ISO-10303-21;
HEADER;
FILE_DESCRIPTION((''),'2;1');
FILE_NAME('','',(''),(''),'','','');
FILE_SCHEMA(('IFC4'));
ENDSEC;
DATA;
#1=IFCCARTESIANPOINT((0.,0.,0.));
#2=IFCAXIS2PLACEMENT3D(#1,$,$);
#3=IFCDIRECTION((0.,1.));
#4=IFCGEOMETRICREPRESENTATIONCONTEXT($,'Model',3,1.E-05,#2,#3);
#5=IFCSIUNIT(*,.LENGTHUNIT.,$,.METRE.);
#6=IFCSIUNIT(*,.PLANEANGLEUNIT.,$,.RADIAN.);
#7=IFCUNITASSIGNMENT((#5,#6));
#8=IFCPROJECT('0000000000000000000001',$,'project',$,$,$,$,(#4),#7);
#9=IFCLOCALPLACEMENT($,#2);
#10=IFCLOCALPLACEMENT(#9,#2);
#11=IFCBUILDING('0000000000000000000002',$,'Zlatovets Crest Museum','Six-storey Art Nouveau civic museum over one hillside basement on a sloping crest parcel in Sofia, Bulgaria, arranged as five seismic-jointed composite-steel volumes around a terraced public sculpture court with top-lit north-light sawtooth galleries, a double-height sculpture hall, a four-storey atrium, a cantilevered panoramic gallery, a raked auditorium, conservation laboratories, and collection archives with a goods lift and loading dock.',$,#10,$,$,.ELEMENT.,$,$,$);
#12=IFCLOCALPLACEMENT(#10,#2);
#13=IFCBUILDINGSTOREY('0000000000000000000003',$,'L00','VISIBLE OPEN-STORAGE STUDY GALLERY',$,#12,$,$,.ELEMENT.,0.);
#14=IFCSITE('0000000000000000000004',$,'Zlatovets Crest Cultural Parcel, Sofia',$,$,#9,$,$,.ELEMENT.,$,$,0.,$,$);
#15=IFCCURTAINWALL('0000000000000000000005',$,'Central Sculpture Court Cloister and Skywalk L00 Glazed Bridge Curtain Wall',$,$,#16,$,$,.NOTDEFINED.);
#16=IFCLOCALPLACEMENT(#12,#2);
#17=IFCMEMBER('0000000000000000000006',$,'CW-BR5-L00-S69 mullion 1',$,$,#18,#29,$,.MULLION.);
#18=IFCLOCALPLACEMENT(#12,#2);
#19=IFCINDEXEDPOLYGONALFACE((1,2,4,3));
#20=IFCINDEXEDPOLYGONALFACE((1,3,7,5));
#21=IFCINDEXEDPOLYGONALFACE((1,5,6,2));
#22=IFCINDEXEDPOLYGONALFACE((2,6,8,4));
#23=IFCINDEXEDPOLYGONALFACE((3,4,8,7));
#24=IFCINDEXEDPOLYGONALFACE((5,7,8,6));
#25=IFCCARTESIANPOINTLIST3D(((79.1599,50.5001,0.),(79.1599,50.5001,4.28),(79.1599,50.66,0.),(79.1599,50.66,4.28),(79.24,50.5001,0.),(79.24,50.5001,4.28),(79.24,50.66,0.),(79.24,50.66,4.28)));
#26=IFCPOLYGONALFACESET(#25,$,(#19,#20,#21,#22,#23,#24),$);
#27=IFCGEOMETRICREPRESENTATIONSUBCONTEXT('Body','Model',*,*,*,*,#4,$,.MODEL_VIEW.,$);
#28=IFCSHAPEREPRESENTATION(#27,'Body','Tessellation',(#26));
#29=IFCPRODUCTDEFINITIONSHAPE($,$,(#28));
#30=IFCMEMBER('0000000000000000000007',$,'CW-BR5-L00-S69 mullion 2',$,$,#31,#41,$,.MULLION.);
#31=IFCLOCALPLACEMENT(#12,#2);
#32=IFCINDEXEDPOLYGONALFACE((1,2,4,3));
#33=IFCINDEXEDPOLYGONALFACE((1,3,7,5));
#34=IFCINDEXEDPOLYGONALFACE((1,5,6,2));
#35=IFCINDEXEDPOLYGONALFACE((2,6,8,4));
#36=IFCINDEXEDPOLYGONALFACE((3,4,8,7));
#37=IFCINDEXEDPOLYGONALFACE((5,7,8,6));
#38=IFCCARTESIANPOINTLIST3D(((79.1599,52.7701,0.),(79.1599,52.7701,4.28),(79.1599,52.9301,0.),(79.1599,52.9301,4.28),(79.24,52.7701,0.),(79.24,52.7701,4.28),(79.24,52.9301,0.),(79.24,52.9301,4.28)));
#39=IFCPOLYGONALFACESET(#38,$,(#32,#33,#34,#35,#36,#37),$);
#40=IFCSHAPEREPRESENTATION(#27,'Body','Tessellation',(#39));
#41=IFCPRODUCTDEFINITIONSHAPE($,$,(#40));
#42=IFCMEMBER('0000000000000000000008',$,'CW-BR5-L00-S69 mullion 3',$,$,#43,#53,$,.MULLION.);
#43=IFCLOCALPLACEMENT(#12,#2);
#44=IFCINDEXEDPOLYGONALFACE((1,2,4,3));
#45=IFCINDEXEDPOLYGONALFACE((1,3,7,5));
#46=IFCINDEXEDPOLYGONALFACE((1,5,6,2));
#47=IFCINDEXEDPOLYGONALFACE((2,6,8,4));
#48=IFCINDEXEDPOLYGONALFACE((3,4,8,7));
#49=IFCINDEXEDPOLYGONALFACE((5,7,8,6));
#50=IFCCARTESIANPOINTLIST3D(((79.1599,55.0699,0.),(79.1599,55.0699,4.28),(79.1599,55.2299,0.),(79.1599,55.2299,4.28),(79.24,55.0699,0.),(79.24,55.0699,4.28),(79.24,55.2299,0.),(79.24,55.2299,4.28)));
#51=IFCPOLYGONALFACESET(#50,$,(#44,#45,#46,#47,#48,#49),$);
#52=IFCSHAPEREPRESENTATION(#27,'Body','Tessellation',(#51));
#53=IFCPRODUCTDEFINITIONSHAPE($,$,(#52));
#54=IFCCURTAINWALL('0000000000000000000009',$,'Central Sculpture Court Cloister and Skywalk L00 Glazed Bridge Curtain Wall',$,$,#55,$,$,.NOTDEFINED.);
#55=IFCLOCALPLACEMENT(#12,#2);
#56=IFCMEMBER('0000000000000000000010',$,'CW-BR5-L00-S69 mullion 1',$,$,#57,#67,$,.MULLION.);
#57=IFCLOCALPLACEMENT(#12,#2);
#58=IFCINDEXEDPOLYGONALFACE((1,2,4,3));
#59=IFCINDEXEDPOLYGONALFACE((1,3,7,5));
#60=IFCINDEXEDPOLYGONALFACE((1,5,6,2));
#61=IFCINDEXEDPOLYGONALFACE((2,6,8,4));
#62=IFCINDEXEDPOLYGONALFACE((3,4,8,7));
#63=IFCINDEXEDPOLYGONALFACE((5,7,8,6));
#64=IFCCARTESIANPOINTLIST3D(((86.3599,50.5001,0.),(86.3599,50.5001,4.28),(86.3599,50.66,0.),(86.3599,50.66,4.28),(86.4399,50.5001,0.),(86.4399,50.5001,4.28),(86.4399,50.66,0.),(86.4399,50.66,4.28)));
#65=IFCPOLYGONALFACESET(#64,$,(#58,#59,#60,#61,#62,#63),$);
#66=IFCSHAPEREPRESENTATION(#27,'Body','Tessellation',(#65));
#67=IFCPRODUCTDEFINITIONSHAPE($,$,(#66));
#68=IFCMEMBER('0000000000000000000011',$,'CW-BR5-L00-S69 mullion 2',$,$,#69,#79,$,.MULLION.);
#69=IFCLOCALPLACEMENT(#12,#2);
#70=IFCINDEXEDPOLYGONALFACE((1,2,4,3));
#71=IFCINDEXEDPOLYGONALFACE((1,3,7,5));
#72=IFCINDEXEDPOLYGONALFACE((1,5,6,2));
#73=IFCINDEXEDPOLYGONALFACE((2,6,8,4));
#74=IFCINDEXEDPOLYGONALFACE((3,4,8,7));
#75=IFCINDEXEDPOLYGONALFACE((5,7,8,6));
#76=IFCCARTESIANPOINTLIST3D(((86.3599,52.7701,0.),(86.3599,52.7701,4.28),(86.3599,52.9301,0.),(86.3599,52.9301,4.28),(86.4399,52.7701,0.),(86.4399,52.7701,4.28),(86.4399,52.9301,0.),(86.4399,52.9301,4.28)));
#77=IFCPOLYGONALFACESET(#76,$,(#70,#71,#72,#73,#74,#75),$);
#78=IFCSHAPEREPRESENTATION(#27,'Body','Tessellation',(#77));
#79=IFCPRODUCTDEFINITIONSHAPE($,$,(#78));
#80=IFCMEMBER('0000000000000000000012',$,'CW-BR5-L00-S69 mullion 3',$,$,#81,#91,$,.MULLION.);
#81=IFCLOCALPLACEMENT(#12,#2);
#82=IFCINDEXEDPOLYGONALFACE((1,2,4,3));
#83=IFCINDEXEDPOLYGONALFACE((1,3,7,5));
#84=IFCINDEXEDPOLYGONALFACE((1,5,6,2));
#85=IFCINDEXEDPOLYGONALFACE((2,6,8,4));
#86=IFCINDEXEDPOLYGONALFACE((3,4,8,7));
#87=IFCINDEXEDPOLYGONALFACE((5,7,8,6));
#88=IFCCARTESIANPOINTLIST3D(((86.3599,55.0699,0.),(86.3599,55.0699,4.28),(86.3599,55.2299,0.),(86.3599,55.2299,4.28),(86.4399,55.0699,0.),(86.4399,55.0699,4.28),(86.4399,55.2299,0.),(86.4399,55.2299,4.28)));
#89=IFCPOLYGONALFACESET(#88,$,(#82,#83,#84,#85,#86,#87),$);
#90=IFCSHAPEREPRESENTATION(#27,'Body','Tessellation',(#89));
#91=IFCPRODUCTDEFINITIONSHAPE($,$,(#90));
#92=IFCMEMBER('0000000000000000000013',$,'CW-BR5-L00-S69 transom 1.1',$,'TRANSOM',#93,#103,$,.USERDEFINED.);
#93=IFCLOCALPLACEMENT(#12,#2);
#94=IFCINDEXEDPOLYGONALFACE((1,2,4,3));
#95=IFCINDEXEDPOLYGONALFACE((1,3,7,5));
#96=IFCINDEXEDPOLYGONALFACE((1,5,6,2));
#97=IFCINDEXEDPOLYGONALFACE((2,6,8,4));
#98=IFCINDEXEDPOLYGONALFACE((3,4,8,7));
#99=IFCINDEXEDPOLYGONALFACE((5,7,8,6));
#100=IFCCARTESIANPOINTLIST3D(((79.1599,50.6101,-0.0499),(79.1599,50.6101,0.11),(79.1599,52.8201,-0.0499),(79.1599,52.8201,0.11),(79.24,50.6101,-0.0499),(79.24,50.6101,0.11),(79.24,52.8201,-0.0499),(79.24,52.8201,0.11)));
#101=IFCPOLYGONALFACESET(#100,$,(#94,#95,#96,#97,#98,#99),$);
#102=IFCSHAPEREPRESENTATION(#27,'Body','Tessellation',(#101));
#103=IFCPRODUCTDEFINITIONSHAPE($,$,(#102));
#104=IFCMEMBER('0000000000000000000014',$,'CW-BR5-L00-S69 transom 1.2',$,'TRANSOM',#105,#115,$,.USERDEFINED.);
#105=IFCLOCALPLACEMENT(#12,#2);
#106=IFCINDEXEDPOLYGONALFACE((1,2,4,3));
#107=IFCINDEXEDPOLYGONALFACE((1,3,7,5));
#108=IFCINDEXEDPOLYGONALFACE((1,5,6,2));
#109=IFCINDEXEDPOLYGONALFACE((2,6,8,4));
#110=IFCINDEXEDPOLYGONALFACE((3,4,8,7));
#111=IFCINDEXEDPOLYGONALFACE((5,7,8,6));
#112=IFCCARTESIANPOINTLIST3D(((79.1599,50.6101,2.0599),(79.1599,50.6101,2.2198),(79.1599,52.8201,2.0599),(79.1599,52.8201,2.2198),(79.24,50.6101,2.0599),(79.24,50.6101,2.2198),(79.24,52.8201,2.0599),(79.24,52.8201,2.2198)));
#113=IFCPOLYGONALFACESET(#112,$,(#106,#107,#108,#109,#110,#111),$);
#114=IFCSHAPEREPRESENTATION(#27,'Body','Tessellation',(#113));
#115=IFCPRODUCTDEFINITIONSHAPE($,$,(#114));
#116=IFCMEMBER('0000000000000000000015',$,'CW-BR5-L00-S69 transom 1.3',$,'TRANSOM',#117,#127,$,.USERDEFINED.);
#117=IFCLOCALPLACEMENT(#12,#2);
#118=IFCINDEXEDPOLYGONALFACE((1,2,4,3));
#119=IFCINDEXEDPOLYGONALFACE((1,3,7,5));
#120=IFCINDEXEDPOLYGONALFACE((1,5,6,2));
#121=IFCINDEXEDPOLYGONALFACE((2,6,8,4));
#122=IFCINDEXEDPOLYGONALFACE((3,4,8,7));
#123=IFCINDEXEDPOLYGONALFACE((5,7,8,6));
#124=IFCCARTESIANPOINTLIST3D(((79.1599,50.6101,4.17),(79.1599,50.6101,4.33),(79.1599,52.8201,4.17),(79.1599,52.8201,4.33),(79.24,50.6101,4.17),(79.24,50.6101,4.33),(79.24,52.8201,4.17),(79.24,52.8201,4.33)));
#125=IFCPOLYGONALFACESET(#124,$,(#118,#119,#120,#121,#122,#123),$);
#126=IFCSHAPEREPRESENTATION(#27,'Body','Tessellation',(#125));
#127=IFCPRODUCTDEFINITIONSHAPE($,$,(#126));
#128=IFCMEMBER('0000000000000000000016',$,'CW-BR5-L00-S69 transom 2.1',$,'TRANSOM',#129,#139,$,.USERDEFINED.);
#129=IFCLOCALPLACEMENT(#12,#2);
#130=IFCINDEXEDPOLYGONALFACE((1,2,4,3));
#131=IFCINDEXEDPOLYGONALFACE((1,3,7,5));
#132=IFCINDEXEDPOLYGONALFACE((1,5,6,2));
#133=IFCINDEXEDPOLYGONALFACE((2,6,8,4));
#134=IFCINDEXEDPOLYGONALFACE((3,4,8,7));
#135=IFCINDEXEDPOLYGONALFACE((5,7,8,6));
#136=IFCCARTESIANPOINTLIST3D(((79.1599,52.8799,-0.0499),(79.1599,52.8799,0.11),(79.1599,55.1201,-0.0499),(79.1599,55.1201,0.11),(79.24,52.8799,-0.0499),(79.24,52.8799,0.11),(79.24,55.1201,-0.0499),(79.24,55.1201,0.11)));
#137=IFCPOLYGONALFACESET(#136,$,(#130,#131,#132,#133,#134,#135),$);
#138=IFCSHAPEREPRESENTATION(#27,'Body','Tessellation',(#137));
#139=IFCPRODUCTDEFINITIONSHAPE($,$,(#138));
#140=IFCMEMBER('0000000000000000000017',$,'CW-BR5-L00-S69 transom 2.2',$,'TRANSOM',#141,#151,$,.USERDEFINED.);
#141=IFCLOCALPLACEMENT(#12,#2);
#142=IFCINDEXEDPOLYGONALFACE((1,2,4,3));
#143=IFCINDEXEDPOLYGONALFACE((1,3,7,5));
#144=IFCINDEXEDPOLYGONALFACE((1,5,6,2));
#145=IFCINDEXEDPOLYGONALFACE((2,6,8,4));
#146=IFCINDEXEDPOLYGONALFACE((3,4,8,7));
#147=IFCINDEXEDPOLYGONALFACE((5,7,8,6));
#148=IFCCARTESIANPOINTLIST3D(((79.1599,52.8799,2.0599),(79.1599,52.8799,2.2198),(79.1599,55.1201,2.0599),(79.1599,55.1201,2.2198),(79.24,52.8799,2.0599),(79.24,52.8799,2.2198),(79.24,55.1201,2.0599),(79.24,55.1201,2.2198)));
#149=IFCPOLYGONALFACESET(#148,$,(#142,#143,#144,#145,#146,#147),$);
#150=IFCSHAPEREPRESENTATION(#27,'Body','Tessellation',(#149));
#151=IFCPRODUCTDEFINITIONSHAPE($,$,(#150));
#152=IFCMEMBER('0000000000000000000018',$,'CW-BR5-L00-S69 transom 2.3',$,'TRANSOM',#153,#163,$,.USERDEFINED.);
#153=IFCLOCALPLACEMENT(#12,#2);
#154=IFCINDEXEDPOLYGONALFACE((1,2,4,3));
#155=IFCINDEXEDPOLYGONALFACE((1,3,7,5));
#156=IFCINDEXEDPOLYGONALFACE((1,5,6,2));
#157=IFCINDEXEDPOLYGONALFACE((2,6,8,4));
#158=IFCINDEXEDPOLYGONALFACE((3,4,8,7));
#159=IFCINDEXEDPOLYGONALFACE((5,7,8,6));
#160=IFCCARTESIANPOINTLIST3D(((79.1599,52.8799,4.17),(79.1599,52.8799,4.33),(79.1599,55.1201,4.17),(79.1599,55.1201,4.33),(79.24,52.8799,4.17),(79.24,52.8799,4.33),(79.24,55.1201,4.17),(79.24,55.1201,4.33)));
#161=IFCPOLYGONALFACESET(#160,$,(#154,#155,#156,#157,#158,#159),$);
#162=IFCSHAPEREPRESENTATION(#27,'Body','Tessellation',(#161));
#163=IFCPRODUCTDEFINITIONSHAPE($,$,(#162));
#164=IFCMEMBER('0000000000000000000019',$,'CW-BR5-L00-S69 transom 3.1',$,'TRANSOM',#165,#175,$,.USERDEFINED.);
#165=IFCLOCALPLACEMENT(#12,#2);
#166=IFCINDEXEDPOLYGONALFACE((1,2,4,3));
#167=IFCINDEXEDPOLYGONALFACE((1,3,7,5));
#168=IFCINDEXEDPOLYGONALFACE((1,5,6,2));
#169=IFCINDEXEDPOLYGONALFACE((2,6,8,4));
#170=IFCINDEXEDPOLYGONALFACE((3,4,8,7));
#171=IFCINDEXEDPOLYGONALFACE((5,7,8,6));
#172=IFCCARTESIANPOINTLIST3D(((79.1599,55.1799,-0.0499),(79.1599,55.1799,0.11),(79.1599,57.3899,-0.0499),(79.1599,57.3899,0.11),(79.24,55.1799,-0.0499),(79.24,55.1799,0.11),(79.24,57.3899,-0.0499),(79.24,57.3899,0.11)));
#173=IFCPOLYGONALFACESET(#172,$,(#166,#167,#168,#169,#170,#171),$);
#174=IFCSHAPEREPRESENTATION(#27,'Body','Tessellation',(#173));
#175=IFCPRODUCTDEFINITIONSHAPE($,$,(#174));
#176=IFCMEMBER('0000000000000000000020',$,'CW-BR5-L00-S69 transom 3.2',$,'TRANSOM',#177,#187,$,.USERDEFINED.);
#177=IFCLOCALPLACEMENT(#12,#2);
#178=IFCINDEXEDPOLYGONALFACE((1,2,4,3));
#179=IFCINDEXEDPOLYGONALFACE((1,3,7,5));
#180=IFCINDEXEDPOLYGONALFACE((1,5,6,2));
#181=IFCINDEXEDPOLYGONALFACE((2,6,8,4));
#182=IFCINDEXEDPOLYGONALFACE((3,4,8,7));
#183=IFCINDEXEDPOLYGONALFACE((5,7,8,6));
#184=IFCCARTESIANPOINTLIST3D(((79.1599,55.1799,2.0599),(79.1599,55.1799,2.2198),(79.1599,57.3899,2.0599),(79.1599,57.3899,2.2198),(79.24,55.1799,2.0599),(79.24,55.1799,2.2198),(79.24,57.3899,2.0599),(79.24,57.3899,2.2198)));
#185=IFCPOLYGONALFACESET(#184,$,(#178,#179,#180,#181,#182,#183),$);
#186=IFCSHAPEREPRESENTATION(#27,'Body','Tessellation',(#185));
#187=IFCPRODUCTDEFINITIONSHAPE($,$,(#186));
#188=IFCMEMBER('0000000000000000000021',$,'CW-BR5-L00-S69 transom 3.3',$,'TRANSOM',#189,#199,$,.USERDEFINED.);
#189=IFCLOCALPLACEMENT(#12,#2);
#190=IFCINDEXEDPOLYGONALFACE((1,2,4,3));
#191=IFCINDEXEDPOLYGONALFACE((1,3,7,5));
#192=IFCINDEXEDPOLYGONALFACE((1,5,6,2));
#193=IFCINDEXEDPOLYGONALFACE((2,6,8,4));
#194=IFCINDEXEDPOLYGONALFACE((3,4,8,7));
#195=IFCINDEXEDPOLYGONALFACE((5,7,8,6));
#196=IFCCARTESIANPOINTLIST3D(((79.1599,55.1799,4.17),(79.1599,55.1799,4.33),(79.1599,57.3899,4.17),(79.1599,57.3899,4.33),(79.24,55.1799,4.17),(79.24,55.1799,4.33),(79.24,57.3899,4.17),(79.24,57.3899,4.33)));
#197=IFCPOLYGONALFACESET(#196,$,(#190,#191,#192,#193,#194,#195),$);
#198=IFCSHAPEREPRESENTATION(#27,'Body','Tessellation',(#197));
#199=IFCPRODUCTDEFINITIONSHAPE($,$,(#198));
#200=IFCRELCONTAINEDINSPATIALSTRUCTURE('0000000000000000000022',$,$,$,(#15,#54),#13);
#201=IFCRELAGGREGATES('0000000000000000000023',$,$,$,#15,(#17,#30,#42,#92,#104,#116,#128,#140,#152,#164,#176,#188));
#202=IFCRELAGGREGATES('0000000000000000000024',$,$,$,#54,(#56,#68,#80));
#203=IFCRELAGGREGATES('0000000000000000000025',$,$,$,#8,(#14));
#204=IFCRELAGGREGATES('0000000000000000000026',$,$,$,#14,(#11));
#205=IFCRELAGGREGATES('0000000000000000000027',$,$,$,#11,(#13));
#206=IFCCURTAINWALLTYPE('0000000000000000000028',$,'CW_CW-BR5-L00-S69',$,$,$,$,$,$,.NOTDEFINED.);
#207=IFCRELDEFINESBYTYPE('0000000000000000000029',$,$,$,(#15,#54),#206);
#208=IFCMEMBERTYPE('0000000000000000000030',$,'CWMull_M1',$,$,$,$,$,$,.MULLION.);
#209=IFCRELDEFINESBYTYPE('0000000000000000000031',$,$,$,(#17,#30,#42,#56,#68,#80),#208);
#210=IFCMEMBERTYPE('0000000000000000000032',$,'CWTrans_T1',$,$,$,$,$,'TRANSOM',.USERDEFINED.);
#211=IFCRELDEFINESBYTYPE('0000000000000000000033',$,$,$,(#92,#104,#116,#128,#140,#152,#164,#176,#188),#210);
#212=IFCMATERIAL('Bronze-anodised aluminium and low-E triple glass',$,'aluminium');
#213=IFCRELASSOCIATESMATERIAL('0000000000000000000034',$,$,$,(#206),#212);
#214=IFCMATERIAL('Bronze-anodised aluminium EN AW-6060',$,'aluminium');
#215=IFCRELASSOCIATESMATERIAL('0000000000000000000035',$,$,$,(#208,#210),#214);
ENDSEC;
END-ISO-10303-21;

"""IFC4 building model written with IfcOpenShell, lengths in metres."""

from ifc_helpers import new_model, si_unit, direction, frame, origin, origin_2d, place, context, subcontext, project, spatial, rectangle, extrude, material, material_profile, profile_set, type_object, element, aggregate, save


model = new_model("IFC4")

# Units and contexts
model_context = context("Model", 3, precision=1e-05, world=origin(), true_north=direction((0.0, 1.0)))
body_context = subcontext(model_context, "Body", "Model", "MODEL_VIEW")
ifc_project = project(units=[si_unit("LENGTHUNIT", "METRE"), si_unit("PLANEANGLEUNIT", "RADIAN")], contexts=[model_context])

# Site, building, storey
site_placement = place(None, origin())
site = spatial("IfcSite", under=ifc_project, at=site_placement, Name="Zlatovets Crest Cultural Parcel, Sofia", CompositionType="ELEMENT", RefElevation=0.0)
building_placement = place(site_placement, origin())
building = spatial("IfcBuilding", under=site, at=building_placement, Name="Zlatovets Crest Museum", Description="Six-storey Art Nouveau civic museum over one hillside basement on a sloping crest parcel in Sofia, Bulgaria, arranged as five seismic-jointed composite-steel volumes around a terraced public sculpture court with top-lit north-light sawtooth galleries, a double-height sculpture hall, a four-storey atrium, a cantilevered panoramic gallery, a raked auditorium, conservation laboratories, and collection archives with a goods lift and loading dock.", CompositionType="ELEMENT")
storey_placement = place(building_placement, origin())
storey = spatial("IfcBuildingStorey", under=building, at=storey_placement, Name="L00", Description="VISIBLE OPEN-STORAGE STUDY GALLERY", CompositionType="ELEMENT", Elevation=0.0)

# Curtain walls, members
ifc_material_1 = material(Name="Bronze-anodised aluminium and low-E triple glass", Category="aluminium")
curtain_wall_type = type_object("IfcCurtainWallType", Name="CW_CW-BR5-L00-S69", PredefinedType="NOTDEFINED", material=ifc_material_1)
curtain_wall_1_placement = place(storey_placement, origin())
curtain_wall_1 = element("IfcCurtainWall", 1, at=curtain_wall_1_placement, inside=storey, type_object=curtain_wall_type, Name="Central Sculpture Court Cloister and Skywalk L00 Glazed Bridge Curtain Wall", PredefinedType="NOTDEFINED")
ifc_material_2 = material(Name="Bronze-anodised aluminium EN AW-6060", Category="aluminium")
ifc_material_profile_1 = material_profile(ifc_material_2, rectangle(XDim=0.0801, YDim=0.1599, at=origin_2d()), Name="ALU 80x160")
ifc_profile_set_1 = profile_set([ifc_material_profile_1], Name="Bronze-anodised aluminium EN AW-6060")
member_type_1 = type_object("IfcMemberType", Name="CWMull_M1", PredefinedType="MULLION", material=ifc_profile_set_1)
member_1_placement = place(storey_placement, frame((79.2, 50.5801, 0.0), z_axis=(0.0, 0.0, 1.0), x_axis=(-1.0, 0.0, 0.0)))
member_1 = element("IfcMember", 2, at=member_1_placement, type_object=member_type_1, Name="CW-BR5-L00-S69 mullion 1", PredefinedType="MULLION", context=body_context, shape_type="SweptSolid", body=[
    extrude(rectangle(XDim=0.0801, YDim=0.1599, at=origin_2d()), origin(), (0.0, 0.0, 1.0), 4.28),
])
member_2_placement = place(storey_placement, frame((79.2, 52.8501, 0.0), z_axis=(0.0, 0.0, 1.0), x_axis=(-1.0, 0.0, 0.0)))
member_2 = element("IfcMember", 3, at=member_2_placement, type_object=member_type_1, Name="CW-BR5-L00-S69 mullion 2", PredefinedType="MULLION", context=body_context, shape_type="SweptSolid", body=[
    extrude(rectangle(XDim=0.0801, YDim=0.1599, at=origin_2d()), origin(), (0.0, 0.0, 1.0), 4.28),
])
member_3_placement = place(storey_placement, frame((79.2, 55.1499, 0.0), z_axis=(0.0, 0.0, 1.0), x_axis=(-1.0, 0.0, 0.0)))
member_3 = element("IfcMember", 4, at=member_3_placement, type_object=member_type_1, Name="CW-BR5-L00-S69 mullion 3", PredefinedType="MULLION", context=body_context, shape_type="SweptSolid", body=[
    extrude(rectangle(XDim=0.0801, YDim=0.1599, at=origin_2d()), origin(), (0.0, 0.0, 1.0), 4.28),
])
curtain_wall_2_placement = place(storey_placement, origin())
curtain_wall_2 = element("IfcCurtainWall", 5, at=curtain_wall_2_placement, inside=storey, type_object=curtain_wall_type, Name="Central Sculpture Court Cloister and Skywalk L00 Glazed Bridge Curtain Wall", PredefinedType="NOTDEFINED")
member_4_placement = place(storey_placement, frame((86.3999, 50.5801, 0.0), z_axis=(0.0, 0.0, 1.0), x_axis=(-1.0, 0.0, 0.0)))
member_4 = element("IfcMember", 6, at=member_4_placement, type_object=member_type_1, Name="CW-BR5-L00-S69 mullion 1", PredefinedType="MULLION", context=body_context, shape_type="SweptSolid", body=[
    extrude(rectangle(XDim=0.0801, YDim=0.1599, at=origin_2d()), origin(), (0.0, 0.0, 1.0), 4.28),
])
member_5_placement = place(storey_placement, frame((86.3999, 52.8501, 0.0), z_axis=(0.0, 0.0, 1.0), x_axis=(-1.0, 0.0, 0.0)))
member_5 = element("IfcMember", 7, at=member_5_placement, type_object=member_type_1, Name="CW-BR5-L00-S69 mullion 2", PredefinedType="MULLION", context=body_context, shape_type="SweptSolid", body=[
    extrude(rectangle(XDim=0.0801, YDim=0.1599, at=origin_2d()), origin(), (0.0, 0.0, 1.0), 4.28),
])
member_6_placement = place(storey_placement, frame((86.3999, 55.1499, 0.0), z_axis=(0.0, 0.0, 1.0), x_axis=(-1.0, 0.0, 0.0)))
member_6 = element("IfcMember", 8, at=member_6_placement, type_object=member_type_1, Name="CW-BR5-L00-S69 mullion 3", PredefinedType="MULLION", context=body_context, shape_type="SweptSolid", body=[
    extrude(rectangle(XDim=0.0801, YDim=0.1599, at=origin_2d()), origin(), (0.0, 0.0, 1.0), 4.28),
])

# Members
ifc_material_profile_2 = material_profile(ifc_material_2, rectangle(XDim=0.0801, YDim=0.1599, at=origin_2d()), Name="ALU 80x160")
ifc_profile_set_2 = profile_set([ifc_material_profile_2], Name="Bronze-anodised aluminium EN AW-6060")
member_type_2 = type_object("IfcMemberType", Name="CWTrans_T1", ElementType="TRANSOM", PredefinedType="USERDEFINED", material=ifc_profile_set_2)
member_7_placement = place(storey_placement, frame((79.2, 50.6101, 0.03), z_axis=(0.0, 1.0, 0.0), x_axis=(-1.0, 0.0, 0.0)))
member_7 = element("IfcMember", 9, at=member_7_placement, type_object=member_type_2, Name="CW-BR5-L00-S69 transom 1.1", ObjectType="TRANSOM", PredefinedType="USERDEFINED", context=body_context, shape_type="SweptSolid", body=[
    extrude(rectangle(XDim=0.0801, YDim=0.1599, at=origin_2d()), origin(), (0.0, 0.0, 1.0), 2.21),
])
member_8_placement = place(storey_placement, frame((79.2, 50.6101, 2.1399), z_axis=(0.0, 1.0, 0.0), x_axis=(-1.0, 0.0, 0.0)))
member_8 = element("IfcMember", 10, at=member_8_placement, type_object=member_type_2, Name="CW-BR5-L00-S69 transom 1.2", ObjectType="TRANSOM", PredefinedType="USERDEFINED", context=body_context, shape_type="SweptSolid", body=[
    extrude(rectangle(XDim=0.0801, YDim=0.1599, at=origin_2d()), origin(), (0.0, 0.0, 1.0), 2.21),
])
member_9_placement = place(storey_placement, frame((79.2, 50.6101, 4.25), z_axis=(0.0, 1.0, 0.0), x_axis=(-1.0, 0.0, 0.0)))
member_9 = element("IfcMember", 11, at=member_9_placement, type_object=member_type_2, Name="CW-BR5-L00-S69 transom 1.3", ObjectType="TRANSOM", PredefinedType="USERDEFINED", context=body_context, shape_type="SweptSolid", body=[
    extrude(rectangle(XDim=0.0801, YDim=0.1599, at=origin_2d()), origin(), (0.0, 0.0, 1.0), 2.21),
])
member_10_placement = place(storey_placement, frame((79.2, 52.8799, 0.03), z_axis=(0.0, 1.0, 0.0), x_axis=(-1.0, 0.0, 0.0)))
member_10 = element("IfcMember", 12, at=member_10_placement, type_object=member_type_2, Name="CW-BR5-L00-S69 transom 2.1", ObjectType="TRANSOM", PredefinedType="USERDEFINED", context=body_context, shape_type="SweptSolid", body=[
    extrude(rectangle(XDim=0.0801, YDim=0.1599, at=origin_2d()), origin(), (0.0, 0.0, 1.0), 2.2402),
])
member_11_placement = place(storey_placement, frame((79.2, 52.8799, 2.1399), z_axis=(0.0, 1.0, 0.0), x_axis=(-1.0, 0.0, 0.0)))
member_11 = element("IfcMember", 13, at=member_11_placement, type_object=member_type_2, Name="CW-BR5-L00-S69 transom 2.2", ObjectType="TRANSOM", PredefinedType="USERDEFINED", context=body_context, shape_type="SweptSolid", body=[
    extrude(rectangle(XDim=0.0801, YDim=0.1599, at=origin_2d()), origin(), (0.0, 0.0, 1.0), 2.2402),
])
member_12_placement = place(storey_placement, frame((79.2, 52.8799, 4.25), z_axis=(0.0, 1.0, 0.0), x_axis=(-1.0, 0.0, 0.0)))
member_12 = element("IfcMember", 14, at=member_12_placement, type_object=member_type_2, Name="CW-BR5-L00-S69 transom 2.3", ObjectType="TRANSOM", PredefinedType="USERDEFINED", context=body_context, shape_type="SweptSolid", body=[
    extrude(rectangle(XDim=0.0801, YDim=0.1599, at=origin_2d()), origin(), (0.0, 0.0, 1.0), 2.2402),
])
member_13_placement = place(storey_placement, frame((79.2, 55.1799, 0.03), z_axis=(0.0, 1.0, 0.0), x_axis=(-1.0, 0.0, 0.0)))
member_13 = element("IfcMember", 15, at=member_13_placement, type_object=member_type_2, Name="CW-BR5-L00-S69 transom 3.1", ObjectType="TRANSOM", PredefinedType="USERDEFINED", context=body_context, shape_type="SweptSolid", body=[
    extrude(rectangle(XDim=0.0801, YDim=0.1599, at=origin_2d()), origin(), (0.0, 0.0, 1.0), 2.21),
])
member_14_placement = place(storey_placement, frame((79.2, 55.1799, 2.1399), z_axis=(0.0, 1.0, 0.0), x_axis=(-1.0, 0.0, 0.0)))
member_14 = element("IfcMember", 16, at=member_14_placement, type_object=member_type_2, Name="CW-BR5-L00-S69 transom 3.2", ObjectType="TRANSOM", PredefinedType="USERDEFINED", context=body_context, shape_type="SweptSolid", body=[
    extrude(rectangle(XDim=0.0801, YDim=0.1599, at=origin_2d()), origin(), (0.0, 0.0, 1.0), 2.21),
])
member_15_placement = place(storey_placement, frame((79.2, 55.1799, 4.25), z_axis=(0.0, 1.0, 0.0), x_axis=(-1.0, 0.0, 0.0)))
member_15 = element("IfcMember", 17, at=member_15_placement, type_object=member_type_2, Name="CW-BR5-L00-S69 transom 3.3", ObjectType="TRANSOM", PredefinedType="USERDEFINED", context=body_context, shape_type="SweptSolid", body=[
    extrude(rectangle(XDim=0.0801, YDim=0.1599, at=origin_2d()), origin(), (0.0, 0.0, 1.0), 2.21),
])

aggregate(curtain_wall_1, [member_1, member_2, member_3, member_7, member_8, member_9, member_10, member_11, member_12, member_13, member_14, member_15])
aggregate(curtain_wall_2, [member_4, member_5, member_6])

save(model, "model.ifc")
